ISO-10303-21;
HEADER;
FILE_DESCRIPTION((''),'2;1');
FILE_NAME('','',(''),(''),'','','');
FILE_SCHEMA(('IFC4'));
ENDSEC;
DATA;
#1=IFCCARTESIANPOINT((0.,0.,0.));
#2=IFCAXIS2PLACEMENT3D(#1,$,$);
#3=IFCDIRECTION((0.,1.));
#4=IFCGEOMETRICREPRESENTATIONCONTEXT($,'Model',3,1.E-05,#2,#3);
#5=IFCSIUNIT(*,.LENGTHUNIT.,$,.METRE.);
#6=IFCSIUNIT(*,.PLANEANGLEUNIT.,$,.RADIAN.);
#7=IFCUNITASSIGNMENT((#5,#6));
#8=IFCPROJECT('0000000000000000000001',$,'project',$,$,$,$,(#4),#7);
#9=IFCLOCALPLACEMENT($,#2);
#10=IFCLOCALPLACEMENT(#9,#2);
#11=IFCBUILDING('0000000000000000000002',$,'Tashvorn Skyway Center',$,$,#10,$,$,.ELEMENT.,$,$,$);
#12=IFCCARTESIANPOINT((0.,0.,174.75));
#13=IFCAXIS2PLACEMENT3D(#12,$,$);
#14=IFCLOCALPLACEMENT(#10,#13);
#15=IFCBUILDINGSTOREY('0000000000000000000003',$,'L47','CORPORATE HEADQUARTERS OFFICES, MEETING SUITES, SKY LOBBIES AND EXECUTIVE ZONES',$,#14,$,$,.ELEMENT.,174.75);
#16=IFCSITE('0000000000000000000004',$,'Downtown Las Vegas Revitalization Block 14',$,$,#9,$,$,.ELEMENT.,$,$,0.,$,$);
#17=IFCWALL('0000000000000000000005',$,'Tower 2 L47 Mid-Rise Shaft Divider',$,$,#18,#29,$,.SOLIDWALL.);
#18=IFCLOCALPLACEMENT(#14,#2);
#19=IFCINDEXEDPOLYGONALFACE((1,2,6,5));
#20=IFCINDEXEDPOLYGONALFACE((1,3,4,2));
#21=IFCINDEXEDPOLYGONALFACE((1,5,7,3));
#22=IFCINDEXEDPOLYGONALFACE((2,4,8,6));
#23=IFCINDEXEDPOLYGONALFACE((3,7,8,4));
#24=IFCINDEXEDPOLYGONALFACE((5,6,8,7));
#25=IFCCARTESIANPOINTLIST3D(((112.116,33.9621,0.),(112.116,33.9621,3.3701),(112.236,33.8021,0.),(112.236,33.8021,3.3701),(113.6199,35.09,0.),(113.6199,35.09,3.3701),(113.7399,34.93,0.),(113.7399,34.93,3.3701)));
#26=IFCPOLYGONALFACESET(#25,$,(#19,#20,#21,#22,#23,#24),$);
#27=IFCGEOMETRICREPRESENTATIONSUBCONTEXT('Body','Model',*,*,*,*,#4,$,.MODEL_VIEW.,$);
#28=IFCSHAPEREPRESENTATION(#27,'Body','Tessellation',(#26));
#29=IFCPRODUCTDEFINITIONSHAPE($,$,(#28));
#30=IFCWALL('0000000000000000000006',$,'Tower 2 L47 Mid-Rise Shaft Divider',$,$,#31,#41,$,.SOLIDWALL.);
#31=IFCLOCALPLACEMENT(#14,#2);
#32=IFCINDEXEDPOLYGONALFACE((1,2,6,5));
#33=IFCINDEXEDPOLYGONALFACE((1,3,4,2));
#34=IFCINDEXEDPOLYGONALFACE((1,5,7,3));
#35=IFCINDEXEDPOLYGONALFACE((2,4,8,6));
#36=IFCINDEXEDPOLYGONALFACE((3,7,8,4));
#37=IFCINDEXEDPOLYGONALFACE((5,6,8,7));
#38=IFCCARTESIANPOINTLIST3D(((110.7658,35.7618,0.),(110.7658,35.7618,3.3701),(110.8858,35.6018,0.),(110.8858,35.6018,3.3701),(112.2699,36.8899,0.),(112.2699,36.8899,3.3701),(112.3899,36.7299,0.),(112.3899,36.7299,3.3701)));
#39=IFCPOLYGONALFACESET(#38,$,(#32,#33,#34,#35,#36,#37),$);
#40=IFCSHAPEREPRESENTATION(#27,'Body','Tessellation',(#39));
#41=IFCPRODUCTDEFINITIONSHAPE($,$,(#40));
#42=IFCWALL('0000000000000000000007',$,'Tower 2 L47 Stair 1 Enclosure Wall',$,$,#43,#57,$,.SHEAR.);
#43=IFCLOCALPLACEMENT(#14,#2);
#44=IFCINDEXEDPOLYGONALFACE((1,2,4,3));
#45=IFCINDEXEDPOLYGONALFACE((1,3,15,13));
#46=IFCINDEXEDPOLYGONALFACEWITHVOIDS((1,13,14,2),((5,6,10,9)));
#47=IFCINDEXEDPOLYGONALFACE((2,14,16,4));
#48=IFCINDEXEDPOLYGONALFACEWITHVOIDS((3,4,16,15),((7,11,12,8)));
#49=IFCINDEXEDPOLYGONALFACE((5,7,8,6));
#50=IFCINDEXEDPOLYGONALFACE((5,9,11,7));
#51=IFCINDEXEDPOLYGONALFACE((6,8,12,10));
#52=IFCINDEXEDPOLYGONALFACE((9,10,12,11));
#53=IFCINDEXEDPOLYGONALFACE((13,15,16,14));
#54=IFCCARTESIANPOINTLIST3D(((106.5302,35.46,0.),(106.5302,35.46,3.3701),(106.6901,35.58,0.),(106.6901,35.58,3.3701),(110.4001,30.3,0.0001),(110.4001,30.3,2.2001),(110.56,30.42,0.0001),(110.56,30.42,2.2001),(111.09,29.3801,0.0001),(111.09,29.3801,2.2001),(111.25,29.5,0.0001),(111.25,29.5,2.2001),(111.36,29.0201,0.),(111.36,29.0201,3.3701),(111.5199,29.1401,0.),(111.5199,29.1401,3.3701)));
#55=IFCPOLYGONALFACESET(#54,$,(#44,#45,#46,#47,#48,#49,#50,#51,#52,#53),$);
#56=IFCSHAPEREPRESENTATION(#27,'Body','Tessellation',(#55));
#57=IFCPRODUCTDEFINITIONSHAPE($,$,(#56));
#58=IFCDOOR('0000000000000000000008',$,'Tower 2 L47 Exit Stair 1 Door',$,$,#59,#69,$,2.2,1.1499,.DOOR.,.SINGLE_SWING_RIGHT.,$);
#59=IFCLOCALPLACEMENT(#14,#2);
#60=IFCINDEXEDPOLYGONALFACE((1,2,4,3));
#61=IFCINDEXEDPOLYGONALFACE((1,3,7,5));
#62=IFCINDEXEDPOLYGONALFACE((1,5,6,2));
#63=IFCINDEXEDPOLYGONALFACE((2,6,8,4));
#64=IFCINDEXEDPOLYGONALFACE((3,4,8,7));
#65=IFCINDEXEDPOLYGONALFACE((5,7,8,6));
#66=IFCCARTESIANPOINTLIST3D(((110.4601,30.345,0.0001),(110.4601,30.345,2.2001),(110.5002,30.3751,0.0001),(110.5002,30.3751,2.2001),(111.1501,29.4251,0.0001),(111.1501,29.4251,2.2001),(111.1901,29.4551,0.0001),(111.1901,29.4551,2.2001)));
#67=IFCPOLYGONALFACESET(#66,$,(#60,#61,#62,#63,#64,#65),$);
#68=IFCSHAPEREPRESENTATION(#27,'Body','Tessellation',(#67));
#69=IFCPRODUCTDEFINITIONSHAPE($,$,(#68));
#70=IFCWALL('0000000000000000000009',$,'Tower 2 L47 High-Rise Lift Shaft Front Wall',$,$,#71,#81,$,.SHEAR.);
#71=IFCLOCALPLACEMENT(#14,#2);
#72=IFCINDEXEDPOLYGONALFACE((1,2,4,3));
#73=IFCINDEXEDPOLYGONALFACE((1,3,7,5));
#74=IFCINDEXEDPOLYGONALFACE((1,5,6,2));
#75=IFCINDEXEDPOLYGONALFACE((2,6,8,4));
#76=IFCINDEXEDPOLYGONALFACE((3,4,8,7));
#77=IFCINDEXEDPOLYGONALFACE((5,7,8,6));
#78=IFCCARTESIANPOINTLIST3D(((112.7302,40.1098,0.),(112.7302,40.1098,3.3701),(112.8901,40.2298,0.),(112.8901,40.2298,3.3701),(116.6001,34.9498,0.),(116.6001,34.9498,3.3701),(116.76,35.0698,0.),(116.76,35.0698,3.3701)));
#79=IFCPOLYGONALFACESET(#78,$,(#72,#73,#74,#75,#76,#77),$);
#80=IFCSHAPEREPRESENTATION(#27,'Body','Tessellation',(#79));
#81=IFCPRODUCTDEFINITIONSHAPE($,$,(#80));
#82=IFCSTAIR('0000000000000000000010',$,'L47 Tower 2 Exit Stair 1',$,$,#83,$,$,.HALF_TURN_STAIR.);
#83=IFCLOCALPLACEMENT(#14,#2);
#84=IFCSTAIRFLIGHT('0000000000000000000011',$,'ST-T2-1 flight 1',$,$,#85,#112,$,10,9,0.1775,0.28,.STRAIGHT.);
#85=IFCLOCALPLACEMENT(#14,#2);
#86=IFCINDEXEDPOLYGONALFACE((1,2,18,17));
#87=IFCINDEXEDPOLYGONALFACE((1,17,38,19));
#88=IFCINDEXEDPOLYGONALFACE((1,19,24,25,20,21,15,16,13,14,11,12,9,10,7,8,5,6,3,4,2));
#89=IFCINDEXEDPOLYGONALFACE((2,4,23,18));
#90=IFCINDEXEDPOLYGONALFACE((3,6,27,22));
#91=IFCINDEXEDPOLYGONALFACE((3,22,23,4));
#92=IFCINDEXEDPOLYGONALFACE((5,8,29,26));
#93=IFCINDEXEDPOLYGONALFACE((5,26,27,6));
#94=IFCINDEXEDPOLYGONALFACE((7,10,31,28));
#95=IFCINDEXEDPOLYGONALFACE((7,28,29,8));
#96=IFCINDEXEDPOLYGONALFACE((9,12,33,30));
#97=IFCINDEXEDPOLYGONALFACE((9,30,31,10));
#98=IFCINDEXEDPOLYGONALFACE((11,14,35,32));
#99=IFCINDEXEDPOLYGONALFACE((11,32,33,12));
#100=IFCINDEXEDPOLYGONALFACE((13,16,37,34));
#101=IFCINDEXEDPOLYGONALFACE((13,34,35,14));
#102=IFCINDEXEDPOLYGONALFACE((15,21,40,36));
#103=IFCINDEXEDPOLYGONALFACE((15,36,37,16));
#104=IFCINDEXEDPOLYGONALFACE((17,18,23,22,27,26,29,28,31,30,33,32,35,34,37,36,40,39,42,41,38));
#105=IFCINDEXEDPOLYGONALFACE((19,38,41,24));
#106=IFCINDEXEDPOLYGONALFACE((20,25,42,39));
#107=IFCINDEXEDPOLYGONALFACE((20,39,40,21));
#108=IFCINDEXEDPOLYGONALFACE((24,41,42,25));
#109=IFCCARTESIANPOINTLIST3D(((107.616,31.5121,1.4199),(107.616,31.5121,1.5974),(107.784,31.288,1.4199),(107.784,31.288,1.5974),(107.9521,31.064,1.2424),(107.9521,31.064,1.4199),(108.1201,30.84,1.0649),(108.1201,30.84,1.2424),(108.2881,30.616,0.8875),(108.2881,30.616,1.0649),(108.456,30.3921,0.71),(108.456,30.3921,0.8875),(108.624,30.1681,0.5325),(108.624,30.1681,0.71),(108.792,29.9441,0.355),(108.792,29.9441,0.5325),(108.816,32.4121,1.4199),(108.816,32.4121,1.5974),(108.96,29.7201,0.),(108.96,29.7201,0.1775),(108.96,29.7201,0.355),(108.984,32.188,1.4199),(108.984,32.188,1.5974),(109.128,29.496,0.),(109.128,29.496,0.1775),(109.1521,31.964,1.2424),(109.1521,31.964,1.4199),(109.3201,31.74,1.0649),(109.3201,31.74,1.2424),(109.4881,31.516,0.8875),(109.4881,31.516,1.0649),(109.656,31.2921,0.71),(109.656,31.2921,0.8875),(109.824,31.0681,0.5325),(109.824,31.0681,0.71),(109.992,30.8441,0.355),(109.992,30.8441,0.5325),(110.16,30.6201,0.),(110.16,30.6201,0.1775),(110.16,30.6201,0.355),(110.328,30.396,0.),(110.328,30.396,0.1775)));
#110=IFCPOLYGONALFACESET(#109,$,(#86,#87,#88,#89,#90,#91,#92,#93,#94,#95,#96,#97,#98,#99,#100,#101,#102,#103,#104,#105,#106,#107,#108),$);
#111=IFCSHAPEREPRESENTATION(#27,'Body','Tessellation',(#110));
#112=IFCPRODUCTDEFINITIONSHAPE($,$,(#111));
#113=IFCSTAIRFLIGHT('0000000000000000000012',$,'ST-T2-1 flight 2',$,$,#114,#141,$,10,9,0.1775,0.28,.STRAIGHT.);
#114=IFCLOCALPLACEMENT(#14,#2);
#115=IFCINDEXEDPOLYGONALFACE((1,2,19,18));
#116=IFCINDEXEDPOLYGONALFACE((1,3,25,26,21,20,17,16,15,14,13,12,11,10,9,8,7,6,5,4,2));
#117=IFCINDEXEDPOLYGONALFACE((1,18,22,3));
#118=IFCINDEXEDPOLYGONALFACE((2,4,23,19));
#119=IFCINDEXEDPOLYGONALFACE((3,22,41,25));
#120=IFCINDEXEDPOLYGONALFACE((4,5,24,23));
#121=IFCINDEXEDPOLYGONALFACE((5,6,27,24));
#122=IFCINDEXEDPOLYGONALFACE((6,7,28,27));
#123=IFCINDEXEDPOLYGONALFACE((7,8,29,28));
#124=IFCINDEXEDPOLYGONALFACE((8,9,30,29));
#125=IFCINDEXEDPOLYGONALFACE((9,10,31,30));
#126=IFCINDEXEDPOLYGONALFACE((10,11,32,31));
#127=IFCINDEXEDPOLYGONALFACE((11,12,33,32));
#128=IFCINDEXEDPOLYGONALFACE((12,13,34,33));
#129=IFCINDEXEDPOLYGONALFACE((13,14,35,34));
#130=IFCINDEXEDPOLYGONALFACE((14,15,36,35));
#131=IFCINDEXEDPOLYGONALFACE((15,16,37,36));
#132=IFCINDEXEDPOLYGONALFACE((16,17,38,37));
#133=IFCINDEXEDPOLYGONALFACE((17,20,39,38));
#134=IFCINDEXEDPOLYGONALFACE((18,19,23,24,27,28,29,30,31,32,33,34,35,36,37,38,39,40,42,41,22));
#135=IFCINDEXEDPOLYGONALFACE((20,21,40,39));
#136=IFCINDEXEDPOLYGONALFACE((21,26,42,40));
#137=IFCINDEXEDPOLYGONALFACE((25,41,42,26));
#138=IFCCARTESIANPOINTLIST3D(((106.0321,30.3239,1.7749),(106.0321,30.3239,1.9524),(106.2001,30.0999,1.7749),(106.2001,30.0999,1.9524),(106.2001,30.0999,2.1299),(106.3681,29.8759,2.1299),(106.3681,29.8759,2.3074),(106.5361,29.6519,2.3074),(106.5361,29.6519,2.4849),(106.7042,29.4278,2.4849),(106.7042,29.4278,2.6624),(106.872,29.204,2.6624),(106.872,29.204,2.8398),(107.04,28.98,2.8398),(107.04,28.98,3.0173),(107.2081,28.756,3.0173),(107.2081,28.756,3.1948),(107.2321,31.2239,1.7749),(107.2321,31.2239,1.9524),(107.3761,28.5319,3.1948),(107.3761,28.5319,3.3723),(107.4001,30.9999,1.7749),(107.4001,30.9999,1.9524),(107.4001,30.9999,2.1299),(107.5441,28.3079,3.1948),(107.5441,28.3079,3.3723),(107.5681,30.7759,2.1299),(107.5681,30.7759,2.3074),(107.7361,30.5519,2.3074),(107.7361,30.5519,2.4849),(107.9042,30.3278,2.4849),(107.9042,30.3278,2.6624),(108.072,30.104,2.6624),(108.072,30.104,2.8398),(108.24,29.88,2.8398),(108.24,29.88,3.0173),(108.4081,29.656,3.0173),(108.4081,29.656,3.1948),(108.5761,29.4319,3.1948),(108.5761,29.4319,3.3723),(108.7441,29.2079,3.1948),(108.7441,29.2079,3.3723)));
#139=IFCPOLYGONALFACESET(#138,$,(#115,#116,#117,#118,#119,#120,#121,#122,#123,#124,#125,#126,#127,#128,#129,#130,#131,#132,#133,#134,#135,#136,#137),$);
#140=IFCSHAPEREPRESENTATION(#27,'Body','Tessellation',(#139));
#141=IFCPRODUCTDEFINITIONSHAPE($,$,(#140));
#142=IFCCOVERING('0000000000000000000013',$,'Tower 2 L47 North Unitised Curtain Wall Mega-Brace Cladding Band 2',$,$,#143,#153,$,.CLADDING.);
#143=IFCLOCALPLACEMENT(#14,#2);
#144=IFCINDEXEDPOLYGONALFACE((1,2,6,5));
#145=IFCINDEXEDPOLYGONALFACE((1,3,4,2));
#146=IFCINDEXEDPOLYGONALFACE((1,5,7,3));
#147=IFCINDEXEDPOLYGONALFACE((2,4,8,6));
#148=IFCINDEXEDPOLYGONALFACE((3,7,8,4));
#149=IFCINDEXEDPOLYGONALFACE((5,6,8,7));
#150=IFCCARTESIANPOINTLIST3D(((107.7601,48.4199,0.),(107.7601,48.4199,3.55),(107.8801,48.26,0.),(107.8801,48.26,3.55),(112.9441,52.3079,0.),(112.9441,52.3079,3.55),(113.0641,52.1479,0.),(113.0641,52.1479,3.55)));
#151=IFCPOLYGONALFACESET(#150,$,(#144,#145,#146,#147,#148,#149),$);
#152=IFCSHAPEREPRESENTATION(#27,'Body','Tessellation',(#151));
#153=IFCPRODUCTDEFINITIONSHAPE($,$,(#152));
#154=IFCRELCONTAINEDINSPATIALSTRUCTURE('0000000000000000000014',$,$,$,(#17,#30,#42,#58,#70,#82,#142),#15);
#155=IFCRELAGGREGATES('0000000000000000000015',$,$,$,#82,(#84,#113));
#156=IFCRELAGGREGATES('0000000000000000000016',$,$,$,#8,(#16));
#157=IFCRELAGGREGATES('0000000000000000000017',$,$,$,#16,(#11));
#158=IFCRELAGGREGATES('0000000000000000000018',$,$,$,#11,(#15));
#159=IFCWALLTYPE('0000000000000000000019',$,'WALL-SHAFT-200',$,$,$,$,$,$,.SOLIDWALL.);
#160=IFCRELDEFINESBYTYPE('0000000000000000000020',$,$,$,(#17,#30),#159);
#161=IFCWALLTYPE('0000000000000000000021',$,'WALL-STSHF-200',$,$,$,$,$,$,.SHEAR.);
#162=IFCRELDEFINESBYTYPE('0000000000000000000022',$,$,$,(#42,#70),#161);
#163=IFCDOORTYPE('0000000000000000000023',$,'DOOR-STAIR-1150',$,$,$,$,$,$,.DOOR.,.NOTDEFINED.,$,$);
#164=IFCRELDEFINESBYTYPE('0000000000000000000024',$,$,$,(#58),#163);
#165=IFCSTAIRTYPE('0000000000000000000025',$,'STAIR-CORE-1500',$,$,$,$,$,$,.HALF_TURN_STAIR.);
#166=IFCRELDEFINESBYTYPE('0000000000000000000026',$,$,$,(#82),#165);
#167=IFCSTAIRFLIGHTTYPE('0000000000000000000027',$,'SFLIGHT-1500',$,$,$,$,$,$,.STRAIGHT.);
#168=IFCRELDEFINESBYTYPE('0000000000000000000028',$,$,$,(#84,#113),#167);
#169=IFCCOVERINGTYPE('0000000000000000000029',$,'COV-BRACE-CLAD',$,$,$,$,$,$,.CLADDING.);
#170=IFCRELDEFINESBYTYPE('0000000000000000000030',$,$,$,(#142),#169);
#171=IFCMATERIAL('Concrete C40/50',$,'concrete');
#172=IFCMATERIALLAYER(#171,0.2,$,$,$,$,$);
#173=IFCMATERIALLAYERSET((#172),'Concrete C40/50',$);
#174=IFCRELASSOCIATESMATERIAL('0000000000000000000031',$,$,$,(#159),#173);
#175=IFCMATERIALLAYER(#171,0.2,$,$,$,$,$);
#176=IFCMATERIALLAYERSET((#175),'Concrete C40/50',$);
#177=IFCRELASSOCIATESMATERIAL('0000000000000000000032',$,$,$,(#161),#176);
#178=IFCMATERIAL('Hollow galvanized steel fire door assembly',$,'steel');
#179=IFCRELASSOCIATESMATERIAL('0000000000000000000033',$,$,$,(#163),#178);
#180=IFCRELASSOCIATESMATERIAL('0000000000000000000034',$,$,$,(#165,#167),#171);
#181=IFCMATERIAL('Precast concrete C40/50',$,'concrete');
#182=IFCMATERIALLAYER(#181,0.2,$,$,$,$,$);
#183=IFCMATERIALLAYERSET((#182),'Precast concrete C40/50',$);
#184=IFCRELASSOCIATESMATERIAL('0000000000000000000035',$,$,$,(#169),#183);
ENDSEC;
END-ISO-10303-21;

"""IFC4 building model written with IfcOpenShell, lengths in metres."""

from ifc_helpers import new_model, si_unit, direction, frame, frame_2d, origin, origin_2d, place, context, subcontext, project, spatial, polyline, rectangle, outline, extrude, material, layer, layer_set, type_object, element, fill, aggregate, save


model = new_model("IFC4")

# Units and contexts
model_context = context("Model", 3, precision=1e-05, world=origin(), true_north=direction((0.0, 1.0)))
body_context = subcontext(model_context, "Body", "Model", "MODEL_VIEW")
ifc_project = project(units=[si_unit("LENGTHUNIT", "METRE"), si_unit("PLANEANGLEUNIT", "RADIAN")], contexts=[model_context])

# Site, building, storey
site_placement = place(None, origin())
site = spatial("IfcSite", under=ifc_project, at=site_placement, Name="Downtown Las Vegas Revitalization Block 14", CompositionType="ELEMENT", RefElevation=0.0)
building_placement = place(site_placement, origin())
building = spatial("IfcBuilding", under=site, at=building_placement, Name="Tashvorn Skyway Center", CompositionType="ELEMENT")
storey_placement = place(building_placement, frame((0.0, 0.0, 174.75)))
storey = spatial("IfcBuildingStorey", under=building, at=storey_placement, Name="L47", Description="CORPORATE HEADQUARTERS OFFICES, MEETING SUITES, SKY LOBBIES AND EXECUTIVE ZONES", CompositionType="ELEMENT", Elevation=174.75)

# Shared definitions
ifc_material_1 = material(Name="Concrete C40/50", Category="concrete")
ifc_material_2 = material(Name="Hollow galvanized steel fire door assembly", Category="steel")

# Walls
ifc_layer_1 = layer(ifc_material_1, 0.2)
ifc_layer_set_1 = layer_set([ifc_layer_1], Name="Concrete C40/50")
wall_type_1 = type_object("IfcWallType", Name="WALL-SHAFT-200", PredefinedType="SOLIDWALL", material=ifc_layer_set_1)
wall_1_placement = place(storey_placement, frame((112.176, 33.8821, 0.0), z_axis=(0.0, 0.0, 1.0), x_axis=(0.8, 0.6, 0.0)))
element("IfcWall", 1, at=wall_1_placement, inside=storey, type_object=wall_type_1, Name="Tower 2 L47 Mid-Rise Shaft Divider", PredefinedType="SOLIDWALL", context=body_context, shape_type="SweptSolid", body=[
    extrude(rectangle(XDim=1.8799, YDim=0.2, at=frame_2d((0.9399, 0.0))), origin(), (0.0, 0.0, 1.0), 3.3701),
])
wall_2_placement = place(storey_placement, frame((110.8259, 35.6819, 0.0), z_axis=(0.0, 0.0, 1.0), x_axis=(0.799984, 0.600021, 0.0)))
element("IfcWall", 2, at=wall_2_placement, inside=storey, type_object=wall_type_1, Name="Tower 2 L47 Mid-Rise Shaft Divider", PredefinedType="SOLIDWALL", context=body_context, shape_type="SweptSolid", body=[
    extrude(rectangle(XDim=1.8801, YDim=0.2, at=frame_2d((0.9399, 0.0))), origin(), (0.0, 0.0, 1.0), 3.3701),
])

# Wall, opening, door
ifc_layer_2 = layer(ifc_material_1, 0.2)
ifc_layer_set_2 = layer_set([ifc_layer_2], Name="Concrete C40/50")
wall_type_2 = type_object("IfcWallType", Name="WALL-STSHF-200", PredefinedType="SHEAR", material=ifc_layer_set_2)
wall_3_placement = place(storey_placement, frame((111.4399, 29.0801, 0.0), z_axis=(0.0, 0.0, 1.0), x_axis=(-0.59999, 0.800007, 0.0)))
wall_3 = element("IfcWall", 3, at=wall_3_placement, inside=storey, type_object=wall_type_2, Name="Tower 2 L47 Stair 1 Enclosure Wall", PredefinedType="SHEAR", context=body_context, shape_type="SweptSolid", body=[
    extrude(rectangle(XDim=8.0498, YDim=0.2, at=frame_2d((4.0249, 0.0))), origin(), (0.0, 0.0, 1.0), 3.3701),
])
opening_1_placement = place(wall_3_placement, frame((0.45, 0.0, 0.0)))
opening_1 = element("IfcOpeningElement", 4, at=opening_1_placement, cuts=wall_3, PredefinedType="OPENING", context=body_context, shape_type="SweptSolid", body=[
    extrude(rectangle(XDim=1.1499, YDim=2.2, at=frame_2d((0.575, 1.1001))), frame((0.0, 0.1099, 0.0), z_axis=(0.0, -1.0, 0.0), x_axis=(1.0, 0.0, 0.0)), (0.0, 0.0, 1.0), 0.22),
])
door_type_1 = type_object("IfcDoorType", Name="DOOR-STAIR-1150", OperationType="NOTDEFINED", PredefinedType="DOOR", material=ifc_material_2)
door_1_placement = place(opening_1_placement, origin())
door_1 = element("IfcDoor", 5, at=door_1_placement, inside=storey, type_object=door_type_1, Name="Tower 2 L47 Exit Stair 1 Door", OperationType="SINGLE_SWING_RIGHT", OverallHeight=2.2, OverallWidth=1.1499, PredefinedType="DOOR", context=body_context, shape_type="SweptSolid", body=[
    extrude(rectangle(XDim=1.1499, YDim=2.2, at=frame_2d((0.575, 1.1001))), frame((0.0, 0.0249, 0.0), z_axis=(0.0, -1.0, 0.0), x_axis=(1.0, 0.0, 0.0)), (0.0, 0.0, 1.0), 0.05),
])
fill(opening_1, door_1)

# Wall
wall_4_placement = place(storey_placement, frame((112.8101, 40.1699, 0.0), z_axis=(0.0, 0.0, 1.0), x_axis=(0.599994, -0.800005, 0.0)))
element("IfcWall", 6, at=wall_4_placement, inside=storey, type_object=wall_type_2, Name="Tower 2 L47 High-Rise Lift Shaft Front Wall", PredefinedType="SHEAR", context=body_context, shape_type="SweptSolid", body=[
    extrude(rectangle(XDim=6.45, YDim=0.2, at=frame_2d((3.2251, 0.0))), origin(), (0.0, 0.0, 1.0), 3.3701),
])

# Stair, stair flights
stair_type = type_object("IfcStairType", Name="STAIR-CORE-1500", PredefinedType="HALF_TURN_STAIR", material=ifc_material_1)
stair_placement = place(storey_placement, origin())
stair = element("IfcStair", 7, at=stair_placement, inside=storey, type_object=stair_type, Name="L47 Tower 2 Exit Stair 1", PredefinedType="HALF_TURN_STAIR")
stair_flight_type = type_object("IfcStairFlightType", Name="SFLIGHT-1500", PredefinedType="STRAIGHT", material=ifc_material_1)
stair_flight_1_placement = place(storey_placement, frame((109.728, 29.946, 0.0), z_axis=(0.0, 0.0, 1.0), x_axis=(-0.6, 0.8, 0.0)))
stair_flight_1 = element("IfcStairFlight", 8, at=stair_flight_1_placement, type_object=stair_flight_type, Name="ST-T2-1 flight 1", NumberOfRisers=10, NumberOfTreads=9, PredefinedType="STRAIGHT", RiserHeight=0.1775, TreadLength=0.28, context=body_context, shape_type="SweptSolid", body=[
    extrude(outline(polyline([(0.0, 0.0), (0.0, 0.1775), (0.28, 0.1775), (0.28, 0.355), (0.5601, 0.355), (0.5601, 0.5325), (0.8401, 0.5325), (0.8401, 0.71), (1.1201, 0.71), (1.1201, 0.8875), (1.3999, 0.8875), (1.3999, 1.0649), (1.6799, 1.0649), (1.6799, 1.2424), (1.96, 1.2424), (1.96, 1.4199), (2.24, 1.4199), (2.24, 1.5974), (2.52, 1.5974), (2.52, 1.7749), (2.52, 1.4199), (0.28, 0.0), (0.0, 0.0)])), frame((0.0, 0.75, 0.0), z_axis=(0.0, -1.0, 0.0), x_axis=(1.0, 0.0, 0.0)), (0.0, 0.0, 1.0), 1.5),
])
stair_flight_2_placement = place(storey_placement, frame((106.6321, 30.7739, 1.7749), z_axis=(0.0, 0.0, 1.0), x_axis=(0.6, -0.8, 0.0)))
stair_flight_2 = element("IfcStairFlight", 9, at=stair_flight_2_placement, type_object=stair_flight_type, Name="ST-T2-1 flight 2", NumberOfRisers=10, NumberOfTreads=9, PredefinedType="STRAIGHT", RiserHeight=0.1775, TreadLength=0.28, context=body_context, shape_type="SweptSolid", body=[
    extrude(outline(polyline([(0.0, 0.0), (0.0, 0.1775), (0.28, 0.1775), (0.28, 0.355), (0.5601, 0.355), (0.5601, 0.5325), (0.8401, 0.5325), (0.8401, 0.71), (1.1201, 0.71), (1.1201, 0.8875), (1.3999, 0.8875), (1.3999, 1.0649), (1.6799, 1.0649), (1.6799, 1.2424), (1.96, 1.2424), (1.96, 1.4199), (2.24, 1.4199), (2.24, 1.5974), (2.52, 1.5974), (2.52, 1.7749), (2.52, 1.4199), (0.28, 0.0), (0.0, 0.0)])), frame((0.0, 0.75, 0.0), z_axis=(0.0, -1.0, 0.0), x_axis=(1.0, 0.0, 0.0)), (0.0, 0.0, 1.0), 1.5),
])
aggregate(stair, [stair_flight_1, stair_flight_2])

# Covering
ifc_material_3 = material(Name="Precast concrete C40/50", Category="concrete")
ifc_layer_3 = layer(ifc_material_3, 0.2)
ifc_layer_set_3 = layer_set([ifc_layer_3], Name="Precast concrete C40/50")
covering_type = type_object("IfcCoveringType", Name="COV-BRACE-CLAD", PredefinedType="CLADDING", material=ifc_layer_set_3)
covering_placement = place(storey_placement, frame((110.4121, 50.2839, 0.0), z_axis=(0.0, 0.0, 1.0), x_axis=(0.8, 0.6, 0.0)))
element("IfcCovering", 10, at=covering_placement, inside=storey, type_object=covering_type, Name="Tower 2 L47 North Unitised Curtain Wall Mega-Brace Cladding Band 2", PredefinedType="CLADDING", context=body_context, shape_type="SweptSolid", body=[
    extrude(rectangle(XDim=6.48, YDim=0.2, at=origin_2d()), origin(), (0.0, 0.0, 1.0), 3.55),
])

save(model, "model.ifc")
